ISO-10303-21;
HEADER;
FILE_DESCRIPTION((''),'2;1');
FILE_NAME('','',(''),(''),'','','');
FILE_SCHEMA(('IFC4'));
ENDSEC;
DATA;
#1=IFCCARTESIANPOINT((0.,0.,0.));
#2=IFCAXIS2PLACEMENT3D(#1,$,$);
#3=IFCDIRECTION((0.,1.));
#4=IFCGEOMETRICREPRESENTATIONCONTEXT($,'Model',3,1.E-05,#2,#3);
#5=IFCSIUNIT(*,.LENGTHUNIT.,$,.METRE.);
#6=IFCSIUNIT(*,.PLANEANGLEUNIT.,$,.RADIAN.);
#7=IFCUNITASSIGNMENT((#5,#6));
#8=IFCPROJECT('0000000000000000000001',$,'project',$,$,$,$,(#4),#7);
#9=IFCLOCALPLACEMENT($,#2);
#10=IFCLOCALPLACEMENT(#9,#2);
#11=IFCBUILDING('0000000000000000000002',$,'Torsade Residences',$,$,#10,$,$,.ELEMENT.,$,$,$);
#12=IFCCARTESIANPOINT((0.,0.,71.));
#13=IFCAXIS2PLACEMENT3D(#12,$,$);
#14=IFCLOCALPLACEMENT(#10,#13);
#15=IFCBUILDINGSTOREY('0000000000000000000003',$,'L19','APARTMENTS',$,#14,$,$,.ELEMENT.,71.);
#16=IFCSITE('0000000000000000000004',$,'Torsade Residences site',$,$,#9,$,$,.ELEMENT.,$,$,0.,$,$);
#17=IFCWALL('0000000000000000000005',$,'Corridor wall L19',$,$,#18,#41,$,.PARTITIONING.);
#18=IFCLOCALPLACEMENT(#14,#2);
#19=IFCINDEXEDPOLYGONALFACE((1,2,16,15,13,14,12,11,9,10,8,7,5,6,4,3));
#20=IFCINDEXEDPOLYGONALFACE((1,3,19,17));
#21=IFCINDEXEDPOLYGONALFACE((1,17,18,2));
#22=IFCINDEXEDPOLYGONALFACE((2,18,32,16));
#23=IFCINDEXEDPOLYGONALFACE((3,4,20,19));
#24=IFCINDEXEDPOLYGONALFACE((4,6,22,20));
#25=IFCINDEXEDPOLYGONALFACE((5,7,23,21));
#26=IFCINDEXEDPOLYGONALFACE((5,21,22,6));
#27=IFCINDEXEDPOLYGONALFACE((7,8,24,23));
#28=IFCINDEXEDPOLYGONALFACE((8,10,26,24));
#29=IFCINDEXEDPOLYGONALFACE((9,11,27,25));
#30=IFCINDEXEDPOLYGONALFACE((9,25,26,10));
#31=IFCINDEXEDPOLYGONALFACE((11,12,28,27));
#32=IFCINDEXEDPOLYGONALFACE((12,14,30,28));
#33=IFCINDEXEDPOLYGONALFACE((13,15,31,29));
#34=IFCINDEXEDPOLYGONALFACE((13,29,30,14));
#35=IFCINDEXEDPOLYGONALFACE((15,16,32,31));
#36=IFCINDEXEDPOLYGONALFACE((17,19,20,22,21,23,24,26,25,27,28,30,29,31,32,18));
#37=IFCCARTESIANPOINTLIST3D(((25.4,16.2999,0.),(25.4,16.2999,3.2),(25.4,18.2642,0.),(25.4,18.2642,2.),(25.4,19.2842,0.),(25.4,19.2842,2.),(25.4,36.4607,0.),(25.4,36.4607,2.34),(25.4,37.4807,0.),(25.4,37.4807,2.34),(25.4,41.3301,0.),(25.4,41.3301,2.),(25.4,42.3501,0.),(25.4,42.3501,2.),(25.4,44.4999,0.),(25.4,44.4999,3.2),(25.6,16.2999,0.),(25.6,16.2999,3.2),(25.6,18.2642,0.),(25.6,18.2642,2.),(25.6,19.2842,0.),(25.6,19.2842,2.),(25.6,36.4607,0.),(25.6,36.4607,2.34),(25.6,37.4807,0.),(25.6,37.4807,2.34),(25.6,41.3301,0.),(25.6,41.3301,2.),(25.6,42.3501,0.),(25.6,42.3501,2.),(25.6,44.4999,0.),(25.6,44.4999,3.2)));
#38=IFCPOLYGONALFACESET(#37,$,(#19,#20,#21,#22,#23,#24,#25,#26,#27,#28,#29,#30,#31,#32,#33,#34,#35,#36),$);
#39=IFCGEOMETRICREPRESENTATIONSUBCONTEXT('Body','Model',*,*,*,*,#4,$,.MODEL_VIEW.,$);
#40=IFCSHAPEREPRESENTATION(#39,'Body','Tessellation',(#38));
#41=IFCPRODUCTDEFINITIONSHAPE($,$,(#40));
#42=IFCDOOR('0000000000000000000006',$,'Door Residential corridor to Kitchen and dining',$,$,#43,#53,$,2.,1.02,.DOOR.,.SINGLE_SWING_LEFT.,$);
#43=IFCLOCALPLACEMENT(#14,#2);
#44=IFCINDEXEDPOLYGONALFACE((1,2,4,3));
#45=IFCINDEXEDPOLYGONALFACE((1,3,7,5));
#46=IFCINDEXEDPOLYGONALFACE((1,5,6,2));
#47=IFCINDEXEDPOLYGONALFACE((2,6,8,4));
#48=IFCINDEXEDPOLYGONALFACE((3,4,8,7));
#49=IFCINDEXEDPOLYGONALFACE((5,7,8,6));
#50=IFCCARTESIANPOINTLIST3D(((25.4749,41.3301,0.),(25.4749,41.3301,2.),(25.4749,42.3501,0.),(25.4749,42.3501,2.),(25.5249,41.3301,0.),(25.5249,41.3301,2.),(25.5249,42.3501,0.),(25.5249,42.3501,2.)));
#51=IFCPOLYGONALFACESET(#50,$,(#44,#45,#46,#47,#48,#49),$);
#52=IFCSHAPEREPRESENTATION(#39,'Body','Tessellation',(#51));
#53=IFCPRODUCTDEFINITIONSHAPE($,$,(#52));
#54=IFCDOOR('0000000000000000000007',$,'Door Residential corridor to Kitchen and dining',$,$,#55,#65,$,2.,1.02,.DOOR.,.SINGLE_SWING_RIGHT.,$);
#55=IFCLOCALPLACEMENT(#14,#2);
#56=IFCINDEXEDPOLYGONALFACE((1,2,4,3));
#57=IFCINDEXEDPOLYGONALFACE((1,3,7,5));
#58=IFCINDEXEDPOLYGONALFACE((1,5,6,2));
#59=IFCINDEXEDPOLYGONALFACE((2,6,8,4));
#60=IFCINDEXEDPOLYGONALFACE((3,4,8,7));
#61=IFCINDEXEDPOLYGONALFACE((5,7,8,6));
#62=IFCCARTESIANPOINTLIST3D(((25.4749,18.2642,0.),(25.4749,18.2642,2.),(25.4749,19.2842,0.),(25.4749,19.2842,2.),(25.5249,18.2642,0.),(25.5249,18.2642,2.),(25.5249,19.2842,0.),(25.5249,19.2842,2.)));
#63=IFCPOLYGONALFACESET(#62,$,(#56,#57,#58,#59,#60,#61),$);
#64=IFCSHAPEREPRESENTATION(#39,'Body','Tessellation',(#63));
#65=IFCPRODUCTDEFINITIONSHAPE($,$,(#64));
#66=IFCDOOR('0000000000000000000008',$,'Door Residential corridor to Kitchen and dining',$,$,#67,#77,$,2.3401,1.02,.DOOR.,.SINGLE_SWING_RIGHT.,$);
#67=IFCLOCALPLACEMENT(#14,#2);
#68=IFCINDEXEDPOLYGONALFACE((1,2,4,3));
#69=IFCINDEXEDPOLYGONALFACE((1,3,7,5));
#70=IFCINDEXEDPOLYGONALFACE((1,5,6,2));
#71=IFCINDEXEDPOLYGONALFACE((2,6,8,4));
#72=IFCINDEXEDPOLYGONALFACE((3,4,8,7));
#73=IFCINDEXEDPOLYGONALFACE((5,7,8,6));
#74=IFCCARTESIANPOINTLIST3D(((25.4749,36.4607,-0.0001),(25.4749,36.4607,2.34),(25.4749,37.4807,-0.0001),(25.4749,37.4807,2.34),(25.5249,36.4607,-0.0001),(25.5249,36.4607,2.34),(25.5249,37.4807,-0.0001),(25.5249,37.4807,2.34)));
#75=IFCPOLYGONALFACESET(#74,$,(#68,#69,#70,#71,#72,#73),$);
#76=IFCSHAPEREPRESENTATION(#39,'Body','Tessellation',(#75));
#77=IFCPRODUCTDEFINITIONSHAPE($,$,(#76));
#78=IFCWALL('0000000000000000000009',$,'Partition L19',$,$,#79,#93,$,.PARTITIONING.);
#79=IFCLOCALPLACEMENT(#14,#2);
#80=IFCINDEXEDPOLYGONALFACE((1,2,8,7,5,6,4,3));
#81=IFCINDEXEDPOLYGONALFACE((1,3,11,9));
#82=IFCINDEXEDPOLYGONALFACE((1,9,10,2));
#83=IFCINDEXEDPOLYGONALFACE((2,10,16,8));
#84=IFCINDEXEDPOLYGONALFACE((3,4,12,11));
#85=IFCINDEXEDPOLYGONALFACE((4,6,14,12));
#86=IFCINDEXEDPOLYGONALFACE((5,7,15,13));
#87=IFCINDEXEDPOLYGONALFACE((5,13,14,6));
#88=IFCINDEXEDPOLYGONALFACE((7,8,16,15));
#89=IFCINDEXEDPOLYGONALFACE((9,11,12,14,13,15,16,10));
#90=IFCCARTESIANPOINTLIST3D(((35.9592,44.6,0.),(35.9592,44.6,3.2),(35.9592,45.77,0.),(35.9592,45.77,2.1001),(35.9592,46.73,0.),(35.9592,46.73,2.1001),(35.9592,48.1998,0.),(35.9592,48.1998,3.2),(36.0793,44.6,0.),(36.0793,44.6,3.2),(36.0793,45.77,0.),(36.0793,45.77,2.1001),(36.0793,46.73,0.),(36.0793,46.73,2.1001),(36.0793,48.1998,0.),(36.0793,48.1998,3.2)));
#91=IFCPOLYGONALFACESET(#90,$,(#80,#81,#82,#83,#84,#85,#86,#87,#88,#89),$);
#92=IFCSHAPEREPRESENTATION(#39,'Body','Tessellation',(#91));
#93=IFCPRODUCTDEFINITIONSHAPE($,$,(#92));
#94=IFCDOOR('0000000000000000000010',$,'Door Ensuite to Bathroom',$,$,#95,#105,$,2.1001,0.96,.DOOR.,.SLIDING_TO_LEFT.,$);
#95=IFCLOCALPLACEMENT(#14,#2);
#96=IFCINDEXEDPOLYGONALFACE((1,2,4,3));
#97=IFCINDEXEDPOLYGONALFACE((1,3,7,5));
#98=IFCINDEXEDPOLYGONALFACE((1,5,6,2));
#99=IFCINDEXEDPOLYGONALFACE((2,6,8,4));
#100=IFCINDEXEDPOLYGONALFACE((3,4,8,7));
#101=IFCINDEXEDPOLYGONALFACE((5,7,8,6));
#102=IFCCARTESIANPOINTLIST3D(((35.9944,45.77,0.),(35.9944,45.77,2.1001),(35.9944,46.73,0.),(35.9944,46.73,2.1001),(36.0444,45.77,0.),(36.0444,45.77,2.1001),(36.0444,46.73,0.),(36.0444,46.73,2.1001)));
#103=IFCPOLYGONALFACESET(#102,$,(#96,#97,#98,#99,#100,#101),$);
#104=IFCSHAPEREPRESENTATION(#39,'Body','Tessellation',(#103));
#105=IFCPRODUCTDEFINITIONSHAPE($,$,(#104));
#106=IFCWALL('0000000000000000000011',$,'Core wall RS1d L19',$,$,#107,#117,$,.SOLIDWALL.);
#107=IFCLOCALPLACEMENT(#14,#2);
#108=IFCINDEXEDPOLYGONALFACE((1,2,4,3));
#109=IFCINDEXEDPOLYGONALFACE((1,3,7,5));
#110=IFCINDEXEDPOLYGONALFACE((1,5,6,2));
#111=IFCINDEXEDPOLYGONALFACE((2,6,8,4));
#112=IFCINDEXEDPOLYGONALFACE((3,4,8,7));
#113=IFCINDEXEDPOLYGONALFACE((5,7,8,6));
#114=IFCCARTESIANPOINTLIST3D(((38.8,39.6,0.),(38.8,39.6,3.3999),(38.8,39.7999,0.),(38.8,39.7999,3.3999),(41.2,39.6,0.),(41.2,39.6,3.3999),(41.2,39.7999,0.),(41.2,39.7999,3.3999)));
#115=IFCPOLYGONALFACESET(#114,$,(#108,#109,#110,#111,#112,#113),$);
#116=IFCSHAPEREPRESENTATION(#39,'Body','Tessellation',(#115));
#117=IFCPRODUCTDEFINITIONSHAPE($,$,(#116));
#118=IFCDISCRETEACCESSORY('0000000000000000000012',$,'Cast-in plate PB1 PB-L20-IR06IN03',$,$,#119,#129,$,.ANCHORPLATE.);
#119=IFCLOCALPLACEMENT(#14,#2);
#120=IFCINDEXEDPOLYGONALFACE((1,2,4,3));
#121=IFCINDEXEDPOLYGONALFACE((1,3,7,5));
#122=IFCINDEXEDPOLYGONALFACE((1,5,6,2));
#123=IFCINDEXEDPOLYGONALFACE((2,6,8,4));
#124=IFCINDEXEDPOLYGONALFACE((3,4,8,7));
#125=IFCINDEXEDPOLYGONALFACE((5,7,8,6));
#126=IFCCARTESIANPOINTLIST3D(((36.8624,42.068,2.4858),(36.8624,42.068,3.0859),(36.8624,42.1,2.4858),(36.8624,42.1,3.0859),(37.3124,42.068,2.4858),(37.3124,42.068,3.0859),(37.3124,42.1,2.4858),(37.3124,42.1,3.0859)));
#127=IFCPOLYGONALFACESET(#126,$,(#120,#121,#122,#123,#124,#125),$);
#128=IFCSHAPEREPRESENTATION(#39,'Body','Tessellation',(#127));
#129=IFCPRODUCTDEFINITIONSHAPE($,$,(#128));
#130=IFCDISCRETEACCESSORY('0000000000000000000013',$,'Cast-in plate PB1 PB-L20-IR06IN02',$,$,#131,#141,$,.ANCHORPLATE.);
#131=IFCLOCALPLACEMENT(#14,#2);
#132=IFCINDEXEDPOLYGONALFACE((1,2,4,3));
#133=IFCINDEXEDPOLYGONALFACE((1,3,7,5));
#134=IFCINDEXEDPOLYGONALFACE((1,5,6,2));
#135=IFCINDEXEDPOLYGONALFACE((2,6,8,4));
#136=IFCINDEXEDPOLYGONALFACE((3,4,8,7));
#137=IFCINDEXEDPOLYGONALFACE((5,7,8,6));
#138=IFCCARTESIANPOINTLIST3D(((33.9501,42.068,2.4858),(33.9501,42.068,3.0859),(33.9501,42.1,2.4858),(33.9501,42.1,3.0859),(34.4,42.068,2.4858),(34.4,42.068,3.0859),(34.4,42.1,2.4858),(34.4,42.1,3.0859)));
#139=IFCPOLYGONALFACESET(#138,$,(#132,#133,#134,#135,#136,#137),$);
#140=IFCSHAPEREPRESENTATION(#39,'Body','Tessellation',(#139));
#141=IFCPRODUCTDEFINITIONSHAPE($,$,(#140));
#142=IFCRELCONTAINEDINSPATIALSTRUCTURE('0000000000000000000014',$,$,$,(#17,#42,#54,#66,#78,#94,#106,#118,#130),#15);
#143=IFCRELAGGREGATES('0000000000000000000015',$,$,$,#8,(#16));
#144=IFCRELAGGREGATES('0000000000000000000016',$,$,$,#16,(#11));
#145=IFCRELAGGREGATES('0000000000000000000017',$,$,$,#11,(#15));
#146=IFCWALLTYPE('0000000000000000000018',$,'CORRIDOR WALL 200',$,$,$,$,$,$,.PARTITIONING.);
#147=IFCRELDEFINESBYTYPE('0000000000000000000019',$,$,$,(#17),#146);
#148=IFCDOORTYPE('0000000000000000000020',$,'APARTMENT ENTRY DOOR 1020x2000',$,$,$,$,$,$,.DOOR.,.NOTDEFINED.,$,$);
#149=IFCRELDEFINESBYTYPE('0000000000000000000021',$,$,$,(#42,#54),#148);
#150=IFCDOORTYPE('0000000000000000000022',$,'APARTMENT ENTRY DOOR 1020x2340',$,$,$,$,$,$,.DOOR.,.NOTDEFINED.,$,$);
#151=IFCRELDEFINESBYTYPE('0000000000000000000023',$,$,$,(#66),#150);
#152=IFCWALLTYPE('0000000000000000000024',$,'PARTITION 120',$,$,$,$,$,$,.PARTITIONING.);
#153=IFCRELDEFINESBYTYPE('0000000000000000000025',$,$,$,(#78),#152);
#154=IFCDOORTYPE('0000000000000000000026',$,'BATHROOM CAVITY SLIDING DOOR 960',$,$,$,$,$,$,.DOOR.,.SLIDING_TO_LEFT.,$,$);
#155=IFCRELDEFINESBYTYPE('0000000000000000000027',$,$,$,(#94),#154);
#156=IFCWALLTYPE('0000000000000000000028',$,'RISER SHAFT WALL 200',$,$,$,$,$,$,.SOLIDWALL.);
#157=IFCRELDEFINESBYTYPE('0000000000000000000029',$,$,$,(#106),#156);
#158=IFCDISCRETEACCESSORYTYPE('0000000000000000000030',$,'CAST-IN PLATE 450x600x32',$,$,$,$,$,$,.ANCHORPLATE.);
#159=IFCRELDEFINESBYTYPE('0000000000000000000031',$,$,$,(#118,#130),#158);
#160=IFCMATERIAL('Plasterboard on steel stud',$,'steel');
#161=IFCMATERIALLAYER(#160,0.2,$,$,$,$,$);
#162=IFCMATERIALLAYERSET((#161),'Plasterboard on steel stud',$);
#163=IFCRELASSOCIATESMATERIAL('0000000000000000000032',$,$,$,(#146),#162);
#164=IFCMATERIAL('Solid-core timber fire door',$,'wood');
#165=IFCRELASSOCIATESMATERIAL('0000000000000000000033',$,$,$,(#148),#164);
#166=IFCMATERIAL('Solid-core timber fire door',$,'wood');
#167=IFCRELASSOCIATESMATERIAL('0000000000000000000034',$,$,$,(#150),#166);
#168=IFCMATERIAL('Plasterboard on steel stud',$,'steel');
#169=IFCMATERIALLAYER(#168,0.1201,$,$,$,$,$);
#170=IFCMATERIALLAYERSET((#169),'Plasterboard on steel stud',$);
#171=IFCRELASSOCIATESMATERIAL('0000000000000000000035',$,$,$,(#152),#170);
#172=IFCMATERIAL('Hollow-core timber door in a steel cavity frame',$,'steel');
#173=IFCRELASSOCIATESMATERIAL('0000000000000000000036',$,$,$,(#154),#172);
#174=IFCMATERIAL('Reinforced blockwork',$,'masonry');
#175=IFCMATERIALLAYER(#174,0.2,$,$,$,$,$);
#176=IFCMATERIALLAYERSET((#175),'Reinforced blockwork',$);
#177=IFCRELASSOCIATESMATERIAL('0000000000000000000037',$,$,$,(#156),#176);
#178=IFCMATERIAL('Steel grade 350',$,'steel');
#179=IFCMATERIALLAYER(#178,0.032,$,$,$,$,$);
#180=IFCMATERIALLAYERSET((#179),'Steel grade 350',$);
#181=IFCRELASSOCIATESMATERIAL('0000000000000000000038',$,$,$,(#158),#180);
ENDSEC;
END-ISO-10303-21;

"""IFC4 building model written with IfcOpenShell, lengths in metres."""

from ifc_helpers import new_model, si_unit, direction, frame, frame_2d, origin, origin_2d, place, context, subcontext, project, spatial, rectangle, extrude, material, layer, layer_set, type_object, element, fill, save


model = new_model("IFC4")

# Units and contexts
model_context = context("Model", 3, precision=1e-05, world=origin(), true_north=direction((0.0, 1.0)))
body_context = subcontext(model_context, "Body", "Model", "MODEL_VIEW")
ifc_project = project(units=[si_unit("LENGTHUNIT", "METRE"), si_unit("PLANEANGLEUNIT", "RADIAN")], contexts=[model_context])

# Site, building, storey
site_placement = place(None, origin())
site = spatial("IfcSite", under=ifc_project, at=site_placement, Name="Torsade Residences site", CompositionType="ELEMENT", RefElevation=0.0)
building_placement = place(site_placement, origin())
building = spatial("IfcBuilding", under=site, at=building_placement, Name="Torsade Residences", CompositionType="ELEMENT")
storey_placement = place(building_placement, frame((0.0, 0.0, 71.0)))
storey = spatial("IfcBuildingStorey", under=building, at=storey_placement, Name="L19", Description="APARTMENTS", CompositionType="ELEMENT", Elevation=71.0)

# Wall, openings, doors
ifc_material_1 = material(Name="Plasterboard on steel stud", Category="steel")
ifc_layer_1 = layer(ifc_material_1, 0.2)
ifc_layer_set_1 = layer_set([ifc_layer_1], Name="Plasterboard on steel stud")
wall_type_1 = type_object("IfcWallType", Name="CORRIDOR WALL 200", PredefinedType="PARTITIONING", material=ifc_layer_set_1)
wall_1_placement = place(storey_placement, frame((25.5, 44.5, 0.0), z_axis=(0.0, 0.0, 1.0), x_axis=(0.0, -1.0, 0.0)))
wall_1 = element("IfcWall", 1, at=wall_1_placement, inside=storey, type_object=wall_type_1, Name="Corridor wall L19", PredefinedType="PARTITIONING", context=body_context, shape_type="SweptSolid", body=[
    extrude(rectangle(XDim=28.2, YDim=0.2, at=frame_2d((14.1001, 0.0))), origin(), (0.0, 0.0, 1.0), 3.2),
])
opening_1_placement = place(wall_1_placement, frame((7.0193, 0.0, 0.0)))
opening_1 = element("IfcOpeningElement", 2, at=opening_1_placement, cuts=wall_1, PredefinedType="OPENING", context=body_context, shape_type="SweptSolid", body=[
    extrude(rectangle(XDim=1.02, YDim=2.3401, at=frame_2d((0.51, 1.1699))), frame((0.0, 0.1099, 0.0), z_axis=(0.0, -1.0, 0.0), x_axis=(1.0, 0.0, 0.0)), (0.0, 0.0, 1.0), 0.22),
])
opening_2_placement = place(wall_1_placement, frame((2.1499, 0.0, 0.0)))
opening_2 = element("IfcOpeningElement", 3, at=opening_2_placement, cuts=wall_1, PredefinedType="OPENING", context=body_context, shape_type="SweptSolid", body=[
    extrude(rectangle(XDim=1.02, YDim=2.0, at=frame_2d((0.51, 1.0))), frame((0.0, 0.1099, 0.0), z_axis=(0.0, -1.0, 0.0), x_axis=(1.0, 0.0, 0.0)), (0.0, 0.0, 1.0), 0.22),
])
opening_3_placement = place(wall_1_placement, frame((25.2158, 0.0, 0.0)))
opening_3 = element("IfcOpeningElement", 4, at=opening_3_placement, cuts=wall_1, PredefinedType="OPENING", context=body_context, shape_type="SweptSolid", body=[
    extrude(rectangle(XDim=1.02, YDim=2.0, at=frame_2d((0.51, 1.0))), frame((0.0, 0.1099, 0.0), z_axis=(0.0, -1.0, 0.0), x_axis=(1.0, 0.0, 0.0)), (0.0, 0.0, 1.0), 0.22),
])
ifc_material_2 = material(Name="Solid-core timber fire door", Category="wood")
door_type_1 = type_object("IfcDoorType", Name="APARTMENT ENTRY DOOR 1020x2000", OperationType="NOTDEFINED", PredefinedType="DOOR", material=ifc_material_2)
door_1_placement = place(opening_2_placement, origin())
door_1 = element("IfcDoor", 5, at=door_1_placement, inside=storey, type_object=door_type_1, Name="Door Residential corridor to Kitchen and dining", OperationType="SINGLE_SWING_LEFT", OverallHeight=2.0, OverallWidth=1.02, PredefinedType="DOOR", context=body_context, shape_type="SweptSolid", body=[
    extrude(rectangle(XDim=1.02, YDim=2.0, at=frame_2d((0.51, 1.0))), frame((0.0, 0.0249, 0.0), z_axis=(0.0, -1.0, 0.0), x_axis=(1.0, 0.0, 0.0)), (0.0, 0.0, 1.0), 0.05),
])
fill(opening_2, door_1)
door_2_placement = place(opening_3_placement, origin())
door_2 = element("IfcDoor", 6, at=door_2_placement, inside=storey, type_object=door_type_1, Name="Door Residential corridor to Kitchen and dining", OperationType="SINGLE_SWING_RIGHT", OverallHeight=2.0, OverallWidth=1.02, PredefinedType="DOOR", context=body_context, shape_type="SweptSolid", body=[
    extrude(rectangle(XDim=1.02, YDim=2.0, at=frame_2d((0.51, 1.0))), frame((0.0, 0.0249, 0.0), z_axis=(0.0, -1.0, 0.0), x_axis=(1.0, 0.0, 0.0)), (0.0, 0.0, 1.0), 0.05),
])
fill(opening_3, door_2)
ifc_material_3 = material(Name="Solid-core timber fire door", Category="wood")
door_type_2 = type_object("IfcDoorType", Name="APARTMENT ENTRY DOOR 1020x2340", OperationType="NOTDEFINED", PredefinedType="DOOR", material=ifc_material_3)
door_3_placement = place(opening_1_placement, origin())
door_3 = element("IfcDoor", 7, at=door_3_placement, inside=storey, type_object=door_type_2, Name="Door Residential corridor to Kitchen and dining", OperationType="SINGLE_SWING_RIGHT", OverallHeight=2.3401, OverallWidth=1.02, PredefinedType="DOOR", context=body_context, shape_type="SweptSolid", body=[
    extrude(rectangle(XDim=1.02, YDim=2.3401, at=frame_2d((0.51, 1.1699))), frame((0.0, 0.0249, 0.0), z_axis=(0.0, -1.0, 0.0), x_axis=(1.0, 0.0, 0.0)), (0.0, 0.0, 1.0), 0.05),
])
fill(opening_1, door_3)

# Wall, opening, door
ifc_material_4 = material(Name="Plasterboard on steel stud", Category="steel")
ifc_layer_2 = layer(ifc_material_4, 0.1201)
ifc_layer_set_2 = layer_set([ifc_layer_2], Name="Plasterboard on steel stud")
wall_type_2 = type_object("IfcWallType", Name="PARTITION 120", PredefinedType="PARTITIONING", material=ifc_layer_set_2)
wall_2_placement = place(storey_placement, frame((36.0193, 44.6001, 0.0), z_axis=(0.0, 0.0, 1.0), x_axis=(0.0, 1.0, 0.0)))
wall_2 = element("IfcWall", 8, at=wall_2_placement, inside=storey, type_object=wall_type_2, Name="Partition L19", PredefinedType="PARTITIONING", context=body_context, shape_type="SweptSolid", body=[
    extrude(rectangle(XDim=3.5999, YDim=0.1201, at=frame_2d((1.7998, 0.0))), origin(), (0.0, 0.0, 1.0), 3.2),
])
opening_4_placement = place(wall_2_placement, frame((1.1699, 0.0, 0.0)))
opening_4 = element("IfcOpeningElement", 9, at=opening_4_placement, cuts=wall_2, PredefinedType="OPENING", context=body_context, shape_type="SweptSolid", body=[
    extrude(rectangle(XDim=0.96, YDim=2.1001, at=frame_2d((0.48, 1.05))), frame((0.0, 0.0701, 0.0), z_axis=(0.0, -1.0, 0.0), x_axis=(1.0, 0.0, 0.0)), (0.0, 0.0, 1.0), 0.1401),
])
ifc_material_5 = material(Name="Hollow-core timber door in a steel cavity frame", Category="steel")
door_type_3 = type_object("IfcDoorType", Name="BATHROOM CAVITY SLIDING DOOR 960", OperationType="SLIDING_TO_LEFT", PredefinedType="DOOR", material=ifc_material_5)
door_4_placement = place(opening_4_placement, origin())
door_4 = element("IfcDoor", 10, at=door_4_placement, inside=storey, type_object=door_type_3, Name="Door Ensuite to Bathroom", OperationType="SLIDING_TO_LEFT", OverallHeight=2.1001, OverallWidth=0.96, PredefinedType="DOOR", context=body_context, shape_type="SweptSolid", body=[
    extrude(rectangle(XDim=0.96, YDim=2.1001, at=frame_2d((0.48, 1.05))), frame((0.0, 0.0249, 0.0), z_axis=(0.0, -1.0, 0.0), x_axis=(1.0, 0.0, 0.0)), (0.0, 0.0, 1.0), 0.05),
])
fill(opening_4, door_4)

# Wall
ifc_material_6 = material(Name="Reinforced blockwork", Category="masonry")
ifc_layer_3 = layer(ifc_material_6, 0.2)
ifc_layer_set_3 = layer_set([ifc_layer_3], Name="Reinforced blockwork")
wall_type_3 = type_object("IfcWallType", Name="RISER SHAFT WALL 200", PredefinedType="SOLIDWALL", material=ifc_layer_set_3)
wall_3_placement = place(storey_placement, frame((38.8, 39.7, 0.0), z_axis=(0.0, 0.0, 1.0), x_axis=(1.0, 0.0, 0.0)))
element("IfcWall", 11, at=wall_3_placement, inside=storey, type_object=wall_type_3, Name="Core wall RS1d L19", PredefinedType="SOLIDWALL", context=body_context, shape_type="SweptSolid", body=[
    extrude(rectangle(XDim=2.3999, YDim=0.2, at=frame_2d((1.2, 0.0))), origin(), (0.0, 0.0, 1.0), 3.3999),
])

# Discrete accessories
ifc_material_7 = material(Name="Steel grade 350", Category="steel")
ifc_layer_4 = layer(ifc_material_7, 0.032)
ifc_layer_set_4 = layer_set([ifc_layer_4], Name="Steel grade 350")
discrete_accessory_type = type_object("IfcDiscreteAccessoryType", Name="CAST-IN PLATE 450x600x32", PredefinedType="ANCHORPLATE", material=ifc_layer_set_4)
for number, where, z_axis, x_axis, name in (
    (12, (37.0874, 42.084, 2.4858), (0.0, 0.0, 1.0), (1.0, 0.0, 0.0), "Cast-in plate PB1 PB-L20-IR06IN03"),
    (13, (34.175, 42.084, 2.4858), (0.0, 0.0, 1.0), (1.0, 0.0, 0.0), "Cast-in plate PB1 PB-L20-IR06IN02"),
):
    element("IfcDiscreteAccessory", number, at=place(storey_placement, frame(where, z_axis=z_axis, x_axis=x_axis)), inside=storey, type_object=discrete_accessory_type, Name=name, PredefinedType="ANCHORPLATE", context=body_context, shape_type="SweptSolid", body=[
        extrude(rectangle(XDim=0.45, YDim=0.032, at=origin_2d()), origin(), (0.0, 0.0, 1.0), 0.6001),
    ])

save(model, "model.ifc")
